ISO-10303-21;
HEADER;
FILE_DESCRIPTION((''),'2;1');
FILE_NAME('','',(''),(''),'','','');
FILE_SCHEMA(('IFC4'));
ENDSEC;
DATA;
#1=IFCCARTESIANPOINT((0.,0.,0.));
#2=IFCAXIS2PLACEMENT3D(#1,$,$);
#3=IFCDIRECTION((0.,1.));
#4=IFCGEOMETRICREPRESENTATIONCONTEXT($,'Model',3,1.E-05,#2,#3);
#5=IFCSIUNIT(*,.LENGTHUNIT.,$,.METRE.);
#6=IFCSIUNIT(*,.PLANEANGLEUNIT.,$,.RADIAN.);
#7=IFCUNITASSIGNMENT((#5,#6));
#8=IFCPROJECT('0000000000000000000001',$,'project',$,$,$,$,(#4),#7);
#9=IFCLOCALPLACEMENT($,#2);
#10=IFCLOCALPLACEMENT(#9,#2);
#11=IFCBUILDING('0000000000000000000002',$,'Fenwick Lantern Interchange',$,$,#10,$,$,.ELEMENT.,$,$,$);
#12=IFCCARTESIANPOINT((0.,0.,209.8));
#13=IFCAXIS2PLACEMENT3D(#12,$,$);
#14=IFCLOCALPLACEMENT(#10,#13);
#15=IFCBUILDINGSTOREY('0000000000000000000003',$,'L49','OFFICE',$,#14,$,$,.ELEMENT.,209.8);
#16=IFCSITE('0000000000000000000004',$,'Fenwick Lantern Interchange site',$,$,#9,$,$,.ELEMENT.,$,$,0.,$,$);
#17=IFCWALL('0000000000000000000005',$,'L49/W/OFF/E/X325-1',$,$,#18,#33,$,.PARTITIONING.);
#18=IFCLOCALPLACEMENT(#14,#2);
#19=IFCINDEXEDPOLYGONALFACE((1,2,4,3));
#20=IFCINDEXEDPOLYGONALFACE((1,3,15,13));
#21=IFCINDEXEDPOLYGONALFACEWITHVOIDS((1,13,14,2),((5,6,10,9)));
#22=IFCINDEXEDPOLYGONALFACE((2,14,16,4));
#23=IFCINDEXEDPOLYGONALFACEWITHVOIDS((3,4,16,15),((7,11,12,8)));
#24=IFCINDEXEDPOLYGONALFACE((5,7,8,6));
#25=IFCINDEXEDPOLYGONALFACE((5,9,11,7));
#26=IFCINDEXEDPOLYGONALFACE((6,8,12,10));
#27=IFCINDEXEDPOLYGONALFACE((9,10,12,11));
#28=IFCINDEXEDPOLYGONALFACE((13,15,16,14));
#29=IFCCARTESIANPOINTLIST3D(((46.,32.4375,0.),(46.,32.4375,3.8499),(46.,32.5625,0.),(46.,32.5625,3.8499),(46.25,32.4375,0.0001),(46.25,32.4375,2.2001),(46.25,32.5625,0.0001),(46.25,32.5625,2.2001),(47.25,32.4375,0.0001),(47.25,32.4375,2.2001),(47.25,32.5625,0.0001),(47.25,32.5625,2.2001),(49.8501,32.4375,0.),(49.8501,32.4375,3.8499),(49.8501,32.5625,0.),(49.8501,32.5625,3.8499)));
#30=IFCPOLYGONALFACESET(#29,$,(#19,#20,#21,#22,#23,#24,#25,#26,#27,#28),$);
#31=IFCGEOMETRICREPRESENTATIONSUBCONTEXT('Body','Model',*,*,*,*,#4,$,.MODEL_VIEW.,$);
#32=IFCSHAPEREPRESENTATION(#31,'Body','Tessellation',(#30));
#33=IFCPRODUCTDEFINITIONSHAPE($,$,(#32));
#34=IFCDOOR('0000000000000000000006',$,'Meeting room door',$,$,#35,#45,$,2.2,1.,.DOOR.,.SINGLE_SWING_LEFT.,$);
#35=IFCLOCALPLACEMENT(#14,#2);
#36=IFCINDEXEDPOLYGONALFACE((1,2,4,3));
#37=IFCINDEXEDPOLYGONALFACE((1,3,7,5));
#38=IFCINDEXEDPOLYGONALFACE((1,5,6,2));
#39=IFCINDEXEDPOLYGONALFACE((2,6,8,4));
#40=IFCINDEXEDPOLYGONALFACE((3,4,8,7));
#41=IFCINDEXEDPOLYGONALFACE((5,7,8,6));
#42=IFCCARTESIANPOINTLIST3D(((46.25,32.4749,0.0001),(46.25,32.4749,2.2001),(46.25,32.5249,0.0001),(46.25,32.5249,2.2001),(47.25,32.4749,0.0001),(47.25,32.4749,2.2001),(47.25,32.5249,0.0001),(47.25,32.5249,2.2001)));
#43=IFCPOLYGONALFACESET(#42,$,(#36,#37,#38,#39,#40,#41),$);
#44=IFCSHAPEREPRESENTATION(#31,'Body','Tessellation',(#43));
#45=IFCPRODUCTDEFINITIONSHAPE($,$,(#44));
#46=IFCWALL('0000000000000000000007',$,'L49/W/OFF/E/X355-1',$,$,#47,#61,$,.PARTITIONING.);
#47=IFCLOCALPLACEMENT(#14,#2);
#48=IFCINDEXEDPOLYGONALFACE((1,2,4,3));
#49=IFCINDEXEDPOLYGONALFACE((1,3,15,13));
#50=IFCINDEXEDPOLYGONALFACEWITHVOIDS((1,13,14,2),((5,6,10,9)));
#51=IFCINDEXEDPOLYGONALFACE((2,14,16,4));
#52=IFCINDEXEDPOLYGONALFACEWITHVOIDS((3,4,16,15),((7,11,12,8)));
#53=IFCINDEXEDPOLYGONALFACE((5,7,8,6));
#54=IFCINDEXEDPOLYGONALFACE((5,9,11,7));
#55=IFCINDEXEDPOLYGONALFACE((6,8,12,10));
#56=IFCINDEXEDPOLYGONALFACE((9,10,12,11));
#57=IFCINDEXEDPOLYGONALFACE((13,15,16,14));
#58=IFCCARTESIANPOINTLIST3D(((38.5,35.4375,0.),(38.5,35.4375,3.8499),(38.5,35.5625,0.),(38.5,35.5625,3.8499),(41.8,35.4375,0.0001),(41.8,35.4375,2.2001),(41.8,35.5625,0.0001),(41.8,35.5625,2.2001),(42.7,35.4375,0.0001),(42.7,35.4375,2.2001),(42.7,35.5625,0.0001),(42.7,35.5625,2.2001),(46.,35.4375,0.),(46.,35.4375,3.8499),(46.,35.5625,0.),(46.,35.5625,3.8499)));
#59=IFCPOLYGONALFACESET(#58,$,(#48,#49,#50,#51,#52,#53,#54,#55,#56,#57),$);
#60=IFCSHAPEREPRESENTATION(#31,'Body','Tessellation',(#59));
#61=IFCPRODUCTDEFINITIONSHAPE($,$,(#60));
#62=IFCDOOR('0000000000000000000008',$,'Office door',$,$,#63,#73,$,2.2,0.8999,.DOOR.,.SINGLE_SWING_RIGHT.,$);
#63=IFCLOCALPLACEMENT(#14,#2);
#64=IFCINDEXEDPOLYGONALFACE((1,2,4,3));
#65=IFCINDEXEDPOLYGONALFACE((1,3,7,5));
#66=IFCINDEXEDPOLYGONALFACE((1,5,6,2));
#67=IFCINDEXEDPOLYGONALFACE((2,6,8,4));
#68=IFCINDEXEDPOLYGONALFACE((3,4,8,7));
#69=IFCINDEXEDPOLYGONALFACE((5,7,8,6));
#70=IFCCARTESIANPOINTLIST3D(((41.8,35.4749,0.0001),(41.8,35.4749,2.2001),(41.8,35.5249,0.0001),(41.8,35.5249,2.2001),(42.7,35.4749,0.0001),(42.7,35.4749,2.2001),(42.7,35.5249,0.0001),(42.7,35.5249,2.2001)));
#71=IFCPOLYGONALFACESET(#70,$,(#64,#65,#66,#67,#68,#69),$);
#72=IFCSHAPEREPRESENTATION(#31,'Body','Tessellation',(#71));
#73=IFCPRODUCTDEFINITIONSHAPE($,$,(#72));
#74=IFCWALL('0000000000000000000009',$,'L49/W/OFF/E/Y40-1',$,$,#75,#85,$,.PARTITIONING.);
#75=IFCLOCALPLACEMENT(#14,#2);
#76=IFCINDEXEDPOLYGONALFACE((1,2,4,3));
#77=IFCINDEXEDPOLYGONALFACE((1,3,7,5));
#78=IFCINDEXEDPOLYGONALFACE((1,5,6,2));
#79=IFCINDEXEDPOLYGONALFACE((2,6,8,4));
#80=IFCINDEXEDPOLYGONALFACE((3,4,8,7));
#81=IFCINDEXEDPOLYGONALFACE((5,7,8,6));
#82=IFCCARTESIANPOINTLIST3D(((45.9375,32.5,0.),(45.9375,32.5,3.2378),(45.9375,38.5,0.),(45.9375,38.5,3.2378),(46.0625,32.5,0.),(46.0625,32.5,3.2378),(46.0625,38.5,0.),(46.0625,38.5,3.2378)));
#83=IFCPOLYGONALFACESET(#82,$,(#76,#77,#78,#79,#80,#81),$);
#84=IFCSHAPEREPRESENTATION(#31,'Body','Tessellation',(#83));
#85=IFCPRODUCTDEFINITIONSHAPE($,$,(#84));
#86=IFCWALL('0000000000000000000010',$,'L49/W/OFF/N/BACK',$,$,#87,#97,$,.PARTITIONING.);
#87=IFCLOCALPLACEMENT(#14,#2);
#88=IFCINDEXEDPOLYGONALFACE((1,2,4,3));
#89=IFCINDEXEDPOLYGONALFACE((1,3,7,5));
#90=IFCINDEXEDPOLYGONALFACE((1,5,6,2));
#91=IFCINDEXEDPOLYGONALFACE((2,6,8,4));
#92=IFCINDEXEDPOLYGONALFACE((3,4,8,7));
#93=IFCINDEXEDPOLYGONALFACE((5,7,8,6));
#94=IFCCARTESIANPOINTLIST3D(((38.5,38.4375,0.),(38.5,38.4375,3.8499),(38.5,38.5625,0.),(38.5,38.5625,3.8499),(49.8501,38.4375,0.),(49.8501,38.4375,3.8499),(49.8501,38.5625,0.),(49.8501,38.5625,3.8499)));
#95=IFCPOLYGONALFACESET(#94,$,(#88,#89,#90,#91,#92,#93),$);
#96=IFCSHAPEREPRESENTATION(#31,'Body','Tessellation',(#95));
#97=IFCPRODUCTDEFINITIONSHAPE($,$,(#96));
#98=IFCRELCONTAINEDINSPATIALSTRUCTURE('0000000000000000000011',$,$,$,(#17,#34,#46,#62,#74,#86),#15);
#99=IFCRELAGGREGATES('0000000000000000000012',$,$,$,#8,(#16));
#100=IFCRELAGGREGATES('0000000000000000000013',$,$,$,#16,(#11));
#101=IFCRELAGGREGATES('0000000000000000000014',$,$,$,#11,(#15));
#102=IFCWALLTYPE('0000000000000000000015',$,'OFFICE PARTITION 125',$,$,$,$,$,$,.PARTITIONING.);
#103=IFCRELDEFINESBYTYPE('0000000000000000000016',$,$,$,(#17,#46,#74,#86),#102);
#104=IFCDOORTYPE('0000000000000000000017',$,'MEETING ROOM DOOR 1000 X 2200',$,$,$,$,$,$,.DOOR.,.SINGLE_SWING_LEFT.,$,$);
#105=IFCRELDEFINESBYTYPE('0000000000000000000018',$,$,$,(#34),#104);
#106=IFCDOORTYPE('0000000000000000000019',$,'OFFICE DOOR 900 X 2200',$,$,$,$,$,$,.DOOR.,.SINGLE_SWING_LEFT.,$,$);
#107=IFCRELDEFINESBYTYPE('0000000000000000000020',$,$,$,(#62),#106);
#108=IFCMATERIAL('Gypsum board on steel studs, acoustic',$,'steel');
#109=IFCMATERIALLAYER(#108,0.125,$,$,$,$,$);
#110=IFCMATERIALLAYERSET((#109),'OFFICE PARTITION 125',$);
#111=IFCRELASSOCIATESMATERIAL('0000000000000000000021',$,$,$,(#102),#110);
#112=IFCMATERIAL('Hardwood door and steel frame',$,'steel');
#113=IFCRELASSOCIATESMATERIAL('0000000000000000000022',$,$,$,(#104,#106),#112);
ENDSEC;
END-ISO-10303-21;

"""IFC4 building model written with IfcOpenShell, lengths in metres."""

from ifc_helpers import new_model, si_unit, direction, frame, frame_2d, origin, place, context, subcontext, project, spatial, rectangle, extrude, material, layer, layer_set, type_object, element, fill, save


model = new_model("IFC4")

# Units and contexts
model_context = context("Model", 3, precision=1e-05, world=origin(), true_north=direction((0.0, 1.0)))
body_context = subcontext(model_context, "Body", "Model", "MODEL_VIEW")
ifc_project = project(units=[si_unit("LENGTHUNIT", "METRE"), si_unit("PLANEANGLEUNIT", "RADIAN")], contexts=[model_context])

# Site, building, storey
site_placement = place(None, origin())
site = spatial("IfcSite", under=ifc_project, at=site_placement, Name="Fenwick Lantern Interchange site", CompositionType="ELEMENT", RefElevation=0.0)
building_placement = place(site_placement, origin())
building = spatial("IfcBuilding", under=site, at=building_placement, Name="Fenwick Lantern Interchange", CompositionType="ELEMENT")
storey_placement = place(building_placement, frame((0.0, 0.0, 209.8)))
storey = spatial("IfcBuildingStorey", under=building, at=storey_placement, Name="L49", Description="OFFICE", CompositionType="ELEMENT", Elevation=209.8)

# Walls, openings, doors
ifc_material_1 = material(Name="Gypsum board on steel studs, acoustic", Category="steel")
ifc_layer_1 = layer(ifc_material_1, 0.125)
ifc_layer_set_1 = layer_set([ifc_layer_1], Name="OFFICE PARTITION 125")
wall_type_1 = type_object("IfcWallType", Name="OFFICE PARTITION 125", PredefinedType="PARTITIONING", material=ifc_layer_set_1)
wall_1_placement = place(storey_placement, frame((49.8501, 32.5, 0.0), z_axis=(0.0, 0.0, 1.0), x_axis=(-1.0, 0.0, 0.0)))
wall_1 = element("IfcWall", 1, at=wall_1_placement, inside=storey, type_object=wall_type_1, Name="L49/W/OFF/E/X325-1", PredefinedType="PARTITIONING", context=body_context, shape_type="SweptSolid", body=[
    extrude(rectangle(XDim=3.8501, YDim=0.125, at=frame_2d((1.925, 0.0))), origin(), (0.0, 0.0, 1.0), 3.8499),
])
opening_1_placement = place(wall_1_placement, frame((2.6001, 0.0, 0.0)))
opening_1 = element("IfcOpeningElement", 2, at=opening_1_placement, cuts=wall_1, PredefinedType="OPENING", context=body_context, shape_type="SweptSolid", body=[
    extrude(rectangle(XDim=1.0, YDim=2.2, at=frame_2d((0.5, 1.1001))), frame((0.0, 0.0725, 0.0), z_axis=(0.0, -1.0, 0.0), x_axis=(1.0, 0.0, 0.0)), (0.0, 0.0, 1.0), 0.145),
])
ifc_material_2 = material(Name="Hardwood door and steel frame", Category="steel")
door_type_1 = type_object("IfcDoorType", Name="MEETING ROOM DOOR 1000 X 2200", OperationType="SINGLE_SWING_LEFT", PredefinedType="DOOR", material=ifc_material_2)
door_1_placement = place(opening_1_placement, frame((1.0, 0.0, 0.0), z_axis=(0.0, 0.0, 1.0), x_axis=(-1.0, 0.0, 0.0)))
door_1 = element("IfcDoor", 3, at=door_1_placement, inside=storey, type_object=door_type_1, Name="Meeting room door", OperationType="SINGLE_SWING_LEFT", OverallHeight=2.2, OverallWidth=1.0, PredefinedType="DOOR", context=body_context, shape_type="SweptSolid", body=[
    extrude(rectangle(XDim=1.0, YDim=2.2, at=frame_2d((0.5, 1.1001))), frame((0.0, 0.0249, 0.0), z_axis=(0.0, -1.0, 0.0), x_axis=(1.0, 0.0, 0.0)), (0.0, 0.0, 1.0), 0.05),
])
fill(opening_1, door_1)
wall_2_placement = place(storey_placement, frame((46.0, 35.5, 0.0), z_axis=(0.0, 0.0, 1.0), x_axis=(-1.0, 0.0, 0.0)))
wall_2 = element("IfcWall", 4, at=wall_2_placement, inside=storey, type_object=wall_type_1, Name="L49/W/OFF/E/X355-1", PredefinedType="PARTITIONING", context=body_context, shape_type="SweptSolid", body=[
    extrude(rectangle(XDim=7.5, YDim=0.125, at=frame_2d((3.75, 0.0))), origin(), (0.0, 0.0, 1.0), 3.8499),
])
opening_2_placement = place(wall_2_placement, frame((3.3, 0.0, 0.0)))
opening_2 = element("IfcOpeningElement", 5, at=opening_2_placement, cuts=wall_2, PredefinedType="OPENING", context=body_context, shape_type="SweptSolid", body=[
    extrude(rectangle(XDim=0.8999, YDim=2.2, at=frame_2d((0.45, 1.1001))), frame((0.0, 0.0725, 0.0), z_axis=(0.0, -1.0, 0.0), x_axis=(1.0, 0.0, 0.0)), (0.0, 0.0, 1.0), 0.145),
])
door_type_2 = type_object("IfcDoorType", Name="OFFICE DOOR 900 X 2200", OperationType="SINGLE_SWING_LEFT", PredefinedType="DOOR", material=ifc_material_2)
door_2_placement = place(opening_2_placement, frame((0.8999, 0.0, 0.0), z_axis=(0.0, 0.0, 1.0), x_axis=(-1.0, 0.0, 0.0)))
door_2 = element("IfcDoor", 6, at=door_2_placement, inside=storey, type_object=door_type_2, Name="Office door", OperationType="SINGLE_SWING_RIGHT", OverallHeight=2.2, OverallWidth=0.8999, PredefinedType="DOOR", context=body_context, shape_type="SweptSolid", body=[
    extrude(rectangle(XDim=0.8999, YDim=2.2, at=frame_2d((0.45, 1.1001))), frame((0.0, 0.0249, 0.0), z_axis=(0.0, -1.0, 0.0), x_axis=(1.0, 0.0, 0.0)), (0.0, 0.0, 1.0), 0.05),
])
fill(opening_2, door_2)

# Walls
wall_3_placement = place(storey_placement, frame((46.0, 32.5, 0.0), z_axis=(0.0, 0.0, 1.0), x_axis=(0.0, 1.0, 0.0)))
element("IfcWall", 7, at=wall_3_placement, inside=storey, type_object=wall_type_1, Name="L49/W/OFF/E/Y40-1", PredefinedType="PARTITIONING", context=body_context, shape_type="SweptSolid", body=[
    extrude(rectangle(XDim=6.0, YDim=0.125, at=frame_2d((3.0, 0.0))), origin(), (0.0, 0.0, 1.0), 3.2378),
])
wall_4_placement = place(storey_placement, frame((49.8501, 38.5, 0.0), z_axis=(0.0, 0.0, 1.0), x_axis=(-1.0, 0.0, 0.0)))
element("IfcWall", 8, at=wall_4_placement, inside=storey, type_object=wall_type_1, Name="L49/W/OFF/N/BACK", PredefinedType="PARTITIONING", context=body_context, shape_type="SweptSolid", body=[
    extrude(rectangle(XDim=11.3501, YDim=0.125, at=frame_2d((5.675, 0.0))), origin(), (0.0, 0.0, 1.0), 3.8499),
])

save(model, "model.ifc")
